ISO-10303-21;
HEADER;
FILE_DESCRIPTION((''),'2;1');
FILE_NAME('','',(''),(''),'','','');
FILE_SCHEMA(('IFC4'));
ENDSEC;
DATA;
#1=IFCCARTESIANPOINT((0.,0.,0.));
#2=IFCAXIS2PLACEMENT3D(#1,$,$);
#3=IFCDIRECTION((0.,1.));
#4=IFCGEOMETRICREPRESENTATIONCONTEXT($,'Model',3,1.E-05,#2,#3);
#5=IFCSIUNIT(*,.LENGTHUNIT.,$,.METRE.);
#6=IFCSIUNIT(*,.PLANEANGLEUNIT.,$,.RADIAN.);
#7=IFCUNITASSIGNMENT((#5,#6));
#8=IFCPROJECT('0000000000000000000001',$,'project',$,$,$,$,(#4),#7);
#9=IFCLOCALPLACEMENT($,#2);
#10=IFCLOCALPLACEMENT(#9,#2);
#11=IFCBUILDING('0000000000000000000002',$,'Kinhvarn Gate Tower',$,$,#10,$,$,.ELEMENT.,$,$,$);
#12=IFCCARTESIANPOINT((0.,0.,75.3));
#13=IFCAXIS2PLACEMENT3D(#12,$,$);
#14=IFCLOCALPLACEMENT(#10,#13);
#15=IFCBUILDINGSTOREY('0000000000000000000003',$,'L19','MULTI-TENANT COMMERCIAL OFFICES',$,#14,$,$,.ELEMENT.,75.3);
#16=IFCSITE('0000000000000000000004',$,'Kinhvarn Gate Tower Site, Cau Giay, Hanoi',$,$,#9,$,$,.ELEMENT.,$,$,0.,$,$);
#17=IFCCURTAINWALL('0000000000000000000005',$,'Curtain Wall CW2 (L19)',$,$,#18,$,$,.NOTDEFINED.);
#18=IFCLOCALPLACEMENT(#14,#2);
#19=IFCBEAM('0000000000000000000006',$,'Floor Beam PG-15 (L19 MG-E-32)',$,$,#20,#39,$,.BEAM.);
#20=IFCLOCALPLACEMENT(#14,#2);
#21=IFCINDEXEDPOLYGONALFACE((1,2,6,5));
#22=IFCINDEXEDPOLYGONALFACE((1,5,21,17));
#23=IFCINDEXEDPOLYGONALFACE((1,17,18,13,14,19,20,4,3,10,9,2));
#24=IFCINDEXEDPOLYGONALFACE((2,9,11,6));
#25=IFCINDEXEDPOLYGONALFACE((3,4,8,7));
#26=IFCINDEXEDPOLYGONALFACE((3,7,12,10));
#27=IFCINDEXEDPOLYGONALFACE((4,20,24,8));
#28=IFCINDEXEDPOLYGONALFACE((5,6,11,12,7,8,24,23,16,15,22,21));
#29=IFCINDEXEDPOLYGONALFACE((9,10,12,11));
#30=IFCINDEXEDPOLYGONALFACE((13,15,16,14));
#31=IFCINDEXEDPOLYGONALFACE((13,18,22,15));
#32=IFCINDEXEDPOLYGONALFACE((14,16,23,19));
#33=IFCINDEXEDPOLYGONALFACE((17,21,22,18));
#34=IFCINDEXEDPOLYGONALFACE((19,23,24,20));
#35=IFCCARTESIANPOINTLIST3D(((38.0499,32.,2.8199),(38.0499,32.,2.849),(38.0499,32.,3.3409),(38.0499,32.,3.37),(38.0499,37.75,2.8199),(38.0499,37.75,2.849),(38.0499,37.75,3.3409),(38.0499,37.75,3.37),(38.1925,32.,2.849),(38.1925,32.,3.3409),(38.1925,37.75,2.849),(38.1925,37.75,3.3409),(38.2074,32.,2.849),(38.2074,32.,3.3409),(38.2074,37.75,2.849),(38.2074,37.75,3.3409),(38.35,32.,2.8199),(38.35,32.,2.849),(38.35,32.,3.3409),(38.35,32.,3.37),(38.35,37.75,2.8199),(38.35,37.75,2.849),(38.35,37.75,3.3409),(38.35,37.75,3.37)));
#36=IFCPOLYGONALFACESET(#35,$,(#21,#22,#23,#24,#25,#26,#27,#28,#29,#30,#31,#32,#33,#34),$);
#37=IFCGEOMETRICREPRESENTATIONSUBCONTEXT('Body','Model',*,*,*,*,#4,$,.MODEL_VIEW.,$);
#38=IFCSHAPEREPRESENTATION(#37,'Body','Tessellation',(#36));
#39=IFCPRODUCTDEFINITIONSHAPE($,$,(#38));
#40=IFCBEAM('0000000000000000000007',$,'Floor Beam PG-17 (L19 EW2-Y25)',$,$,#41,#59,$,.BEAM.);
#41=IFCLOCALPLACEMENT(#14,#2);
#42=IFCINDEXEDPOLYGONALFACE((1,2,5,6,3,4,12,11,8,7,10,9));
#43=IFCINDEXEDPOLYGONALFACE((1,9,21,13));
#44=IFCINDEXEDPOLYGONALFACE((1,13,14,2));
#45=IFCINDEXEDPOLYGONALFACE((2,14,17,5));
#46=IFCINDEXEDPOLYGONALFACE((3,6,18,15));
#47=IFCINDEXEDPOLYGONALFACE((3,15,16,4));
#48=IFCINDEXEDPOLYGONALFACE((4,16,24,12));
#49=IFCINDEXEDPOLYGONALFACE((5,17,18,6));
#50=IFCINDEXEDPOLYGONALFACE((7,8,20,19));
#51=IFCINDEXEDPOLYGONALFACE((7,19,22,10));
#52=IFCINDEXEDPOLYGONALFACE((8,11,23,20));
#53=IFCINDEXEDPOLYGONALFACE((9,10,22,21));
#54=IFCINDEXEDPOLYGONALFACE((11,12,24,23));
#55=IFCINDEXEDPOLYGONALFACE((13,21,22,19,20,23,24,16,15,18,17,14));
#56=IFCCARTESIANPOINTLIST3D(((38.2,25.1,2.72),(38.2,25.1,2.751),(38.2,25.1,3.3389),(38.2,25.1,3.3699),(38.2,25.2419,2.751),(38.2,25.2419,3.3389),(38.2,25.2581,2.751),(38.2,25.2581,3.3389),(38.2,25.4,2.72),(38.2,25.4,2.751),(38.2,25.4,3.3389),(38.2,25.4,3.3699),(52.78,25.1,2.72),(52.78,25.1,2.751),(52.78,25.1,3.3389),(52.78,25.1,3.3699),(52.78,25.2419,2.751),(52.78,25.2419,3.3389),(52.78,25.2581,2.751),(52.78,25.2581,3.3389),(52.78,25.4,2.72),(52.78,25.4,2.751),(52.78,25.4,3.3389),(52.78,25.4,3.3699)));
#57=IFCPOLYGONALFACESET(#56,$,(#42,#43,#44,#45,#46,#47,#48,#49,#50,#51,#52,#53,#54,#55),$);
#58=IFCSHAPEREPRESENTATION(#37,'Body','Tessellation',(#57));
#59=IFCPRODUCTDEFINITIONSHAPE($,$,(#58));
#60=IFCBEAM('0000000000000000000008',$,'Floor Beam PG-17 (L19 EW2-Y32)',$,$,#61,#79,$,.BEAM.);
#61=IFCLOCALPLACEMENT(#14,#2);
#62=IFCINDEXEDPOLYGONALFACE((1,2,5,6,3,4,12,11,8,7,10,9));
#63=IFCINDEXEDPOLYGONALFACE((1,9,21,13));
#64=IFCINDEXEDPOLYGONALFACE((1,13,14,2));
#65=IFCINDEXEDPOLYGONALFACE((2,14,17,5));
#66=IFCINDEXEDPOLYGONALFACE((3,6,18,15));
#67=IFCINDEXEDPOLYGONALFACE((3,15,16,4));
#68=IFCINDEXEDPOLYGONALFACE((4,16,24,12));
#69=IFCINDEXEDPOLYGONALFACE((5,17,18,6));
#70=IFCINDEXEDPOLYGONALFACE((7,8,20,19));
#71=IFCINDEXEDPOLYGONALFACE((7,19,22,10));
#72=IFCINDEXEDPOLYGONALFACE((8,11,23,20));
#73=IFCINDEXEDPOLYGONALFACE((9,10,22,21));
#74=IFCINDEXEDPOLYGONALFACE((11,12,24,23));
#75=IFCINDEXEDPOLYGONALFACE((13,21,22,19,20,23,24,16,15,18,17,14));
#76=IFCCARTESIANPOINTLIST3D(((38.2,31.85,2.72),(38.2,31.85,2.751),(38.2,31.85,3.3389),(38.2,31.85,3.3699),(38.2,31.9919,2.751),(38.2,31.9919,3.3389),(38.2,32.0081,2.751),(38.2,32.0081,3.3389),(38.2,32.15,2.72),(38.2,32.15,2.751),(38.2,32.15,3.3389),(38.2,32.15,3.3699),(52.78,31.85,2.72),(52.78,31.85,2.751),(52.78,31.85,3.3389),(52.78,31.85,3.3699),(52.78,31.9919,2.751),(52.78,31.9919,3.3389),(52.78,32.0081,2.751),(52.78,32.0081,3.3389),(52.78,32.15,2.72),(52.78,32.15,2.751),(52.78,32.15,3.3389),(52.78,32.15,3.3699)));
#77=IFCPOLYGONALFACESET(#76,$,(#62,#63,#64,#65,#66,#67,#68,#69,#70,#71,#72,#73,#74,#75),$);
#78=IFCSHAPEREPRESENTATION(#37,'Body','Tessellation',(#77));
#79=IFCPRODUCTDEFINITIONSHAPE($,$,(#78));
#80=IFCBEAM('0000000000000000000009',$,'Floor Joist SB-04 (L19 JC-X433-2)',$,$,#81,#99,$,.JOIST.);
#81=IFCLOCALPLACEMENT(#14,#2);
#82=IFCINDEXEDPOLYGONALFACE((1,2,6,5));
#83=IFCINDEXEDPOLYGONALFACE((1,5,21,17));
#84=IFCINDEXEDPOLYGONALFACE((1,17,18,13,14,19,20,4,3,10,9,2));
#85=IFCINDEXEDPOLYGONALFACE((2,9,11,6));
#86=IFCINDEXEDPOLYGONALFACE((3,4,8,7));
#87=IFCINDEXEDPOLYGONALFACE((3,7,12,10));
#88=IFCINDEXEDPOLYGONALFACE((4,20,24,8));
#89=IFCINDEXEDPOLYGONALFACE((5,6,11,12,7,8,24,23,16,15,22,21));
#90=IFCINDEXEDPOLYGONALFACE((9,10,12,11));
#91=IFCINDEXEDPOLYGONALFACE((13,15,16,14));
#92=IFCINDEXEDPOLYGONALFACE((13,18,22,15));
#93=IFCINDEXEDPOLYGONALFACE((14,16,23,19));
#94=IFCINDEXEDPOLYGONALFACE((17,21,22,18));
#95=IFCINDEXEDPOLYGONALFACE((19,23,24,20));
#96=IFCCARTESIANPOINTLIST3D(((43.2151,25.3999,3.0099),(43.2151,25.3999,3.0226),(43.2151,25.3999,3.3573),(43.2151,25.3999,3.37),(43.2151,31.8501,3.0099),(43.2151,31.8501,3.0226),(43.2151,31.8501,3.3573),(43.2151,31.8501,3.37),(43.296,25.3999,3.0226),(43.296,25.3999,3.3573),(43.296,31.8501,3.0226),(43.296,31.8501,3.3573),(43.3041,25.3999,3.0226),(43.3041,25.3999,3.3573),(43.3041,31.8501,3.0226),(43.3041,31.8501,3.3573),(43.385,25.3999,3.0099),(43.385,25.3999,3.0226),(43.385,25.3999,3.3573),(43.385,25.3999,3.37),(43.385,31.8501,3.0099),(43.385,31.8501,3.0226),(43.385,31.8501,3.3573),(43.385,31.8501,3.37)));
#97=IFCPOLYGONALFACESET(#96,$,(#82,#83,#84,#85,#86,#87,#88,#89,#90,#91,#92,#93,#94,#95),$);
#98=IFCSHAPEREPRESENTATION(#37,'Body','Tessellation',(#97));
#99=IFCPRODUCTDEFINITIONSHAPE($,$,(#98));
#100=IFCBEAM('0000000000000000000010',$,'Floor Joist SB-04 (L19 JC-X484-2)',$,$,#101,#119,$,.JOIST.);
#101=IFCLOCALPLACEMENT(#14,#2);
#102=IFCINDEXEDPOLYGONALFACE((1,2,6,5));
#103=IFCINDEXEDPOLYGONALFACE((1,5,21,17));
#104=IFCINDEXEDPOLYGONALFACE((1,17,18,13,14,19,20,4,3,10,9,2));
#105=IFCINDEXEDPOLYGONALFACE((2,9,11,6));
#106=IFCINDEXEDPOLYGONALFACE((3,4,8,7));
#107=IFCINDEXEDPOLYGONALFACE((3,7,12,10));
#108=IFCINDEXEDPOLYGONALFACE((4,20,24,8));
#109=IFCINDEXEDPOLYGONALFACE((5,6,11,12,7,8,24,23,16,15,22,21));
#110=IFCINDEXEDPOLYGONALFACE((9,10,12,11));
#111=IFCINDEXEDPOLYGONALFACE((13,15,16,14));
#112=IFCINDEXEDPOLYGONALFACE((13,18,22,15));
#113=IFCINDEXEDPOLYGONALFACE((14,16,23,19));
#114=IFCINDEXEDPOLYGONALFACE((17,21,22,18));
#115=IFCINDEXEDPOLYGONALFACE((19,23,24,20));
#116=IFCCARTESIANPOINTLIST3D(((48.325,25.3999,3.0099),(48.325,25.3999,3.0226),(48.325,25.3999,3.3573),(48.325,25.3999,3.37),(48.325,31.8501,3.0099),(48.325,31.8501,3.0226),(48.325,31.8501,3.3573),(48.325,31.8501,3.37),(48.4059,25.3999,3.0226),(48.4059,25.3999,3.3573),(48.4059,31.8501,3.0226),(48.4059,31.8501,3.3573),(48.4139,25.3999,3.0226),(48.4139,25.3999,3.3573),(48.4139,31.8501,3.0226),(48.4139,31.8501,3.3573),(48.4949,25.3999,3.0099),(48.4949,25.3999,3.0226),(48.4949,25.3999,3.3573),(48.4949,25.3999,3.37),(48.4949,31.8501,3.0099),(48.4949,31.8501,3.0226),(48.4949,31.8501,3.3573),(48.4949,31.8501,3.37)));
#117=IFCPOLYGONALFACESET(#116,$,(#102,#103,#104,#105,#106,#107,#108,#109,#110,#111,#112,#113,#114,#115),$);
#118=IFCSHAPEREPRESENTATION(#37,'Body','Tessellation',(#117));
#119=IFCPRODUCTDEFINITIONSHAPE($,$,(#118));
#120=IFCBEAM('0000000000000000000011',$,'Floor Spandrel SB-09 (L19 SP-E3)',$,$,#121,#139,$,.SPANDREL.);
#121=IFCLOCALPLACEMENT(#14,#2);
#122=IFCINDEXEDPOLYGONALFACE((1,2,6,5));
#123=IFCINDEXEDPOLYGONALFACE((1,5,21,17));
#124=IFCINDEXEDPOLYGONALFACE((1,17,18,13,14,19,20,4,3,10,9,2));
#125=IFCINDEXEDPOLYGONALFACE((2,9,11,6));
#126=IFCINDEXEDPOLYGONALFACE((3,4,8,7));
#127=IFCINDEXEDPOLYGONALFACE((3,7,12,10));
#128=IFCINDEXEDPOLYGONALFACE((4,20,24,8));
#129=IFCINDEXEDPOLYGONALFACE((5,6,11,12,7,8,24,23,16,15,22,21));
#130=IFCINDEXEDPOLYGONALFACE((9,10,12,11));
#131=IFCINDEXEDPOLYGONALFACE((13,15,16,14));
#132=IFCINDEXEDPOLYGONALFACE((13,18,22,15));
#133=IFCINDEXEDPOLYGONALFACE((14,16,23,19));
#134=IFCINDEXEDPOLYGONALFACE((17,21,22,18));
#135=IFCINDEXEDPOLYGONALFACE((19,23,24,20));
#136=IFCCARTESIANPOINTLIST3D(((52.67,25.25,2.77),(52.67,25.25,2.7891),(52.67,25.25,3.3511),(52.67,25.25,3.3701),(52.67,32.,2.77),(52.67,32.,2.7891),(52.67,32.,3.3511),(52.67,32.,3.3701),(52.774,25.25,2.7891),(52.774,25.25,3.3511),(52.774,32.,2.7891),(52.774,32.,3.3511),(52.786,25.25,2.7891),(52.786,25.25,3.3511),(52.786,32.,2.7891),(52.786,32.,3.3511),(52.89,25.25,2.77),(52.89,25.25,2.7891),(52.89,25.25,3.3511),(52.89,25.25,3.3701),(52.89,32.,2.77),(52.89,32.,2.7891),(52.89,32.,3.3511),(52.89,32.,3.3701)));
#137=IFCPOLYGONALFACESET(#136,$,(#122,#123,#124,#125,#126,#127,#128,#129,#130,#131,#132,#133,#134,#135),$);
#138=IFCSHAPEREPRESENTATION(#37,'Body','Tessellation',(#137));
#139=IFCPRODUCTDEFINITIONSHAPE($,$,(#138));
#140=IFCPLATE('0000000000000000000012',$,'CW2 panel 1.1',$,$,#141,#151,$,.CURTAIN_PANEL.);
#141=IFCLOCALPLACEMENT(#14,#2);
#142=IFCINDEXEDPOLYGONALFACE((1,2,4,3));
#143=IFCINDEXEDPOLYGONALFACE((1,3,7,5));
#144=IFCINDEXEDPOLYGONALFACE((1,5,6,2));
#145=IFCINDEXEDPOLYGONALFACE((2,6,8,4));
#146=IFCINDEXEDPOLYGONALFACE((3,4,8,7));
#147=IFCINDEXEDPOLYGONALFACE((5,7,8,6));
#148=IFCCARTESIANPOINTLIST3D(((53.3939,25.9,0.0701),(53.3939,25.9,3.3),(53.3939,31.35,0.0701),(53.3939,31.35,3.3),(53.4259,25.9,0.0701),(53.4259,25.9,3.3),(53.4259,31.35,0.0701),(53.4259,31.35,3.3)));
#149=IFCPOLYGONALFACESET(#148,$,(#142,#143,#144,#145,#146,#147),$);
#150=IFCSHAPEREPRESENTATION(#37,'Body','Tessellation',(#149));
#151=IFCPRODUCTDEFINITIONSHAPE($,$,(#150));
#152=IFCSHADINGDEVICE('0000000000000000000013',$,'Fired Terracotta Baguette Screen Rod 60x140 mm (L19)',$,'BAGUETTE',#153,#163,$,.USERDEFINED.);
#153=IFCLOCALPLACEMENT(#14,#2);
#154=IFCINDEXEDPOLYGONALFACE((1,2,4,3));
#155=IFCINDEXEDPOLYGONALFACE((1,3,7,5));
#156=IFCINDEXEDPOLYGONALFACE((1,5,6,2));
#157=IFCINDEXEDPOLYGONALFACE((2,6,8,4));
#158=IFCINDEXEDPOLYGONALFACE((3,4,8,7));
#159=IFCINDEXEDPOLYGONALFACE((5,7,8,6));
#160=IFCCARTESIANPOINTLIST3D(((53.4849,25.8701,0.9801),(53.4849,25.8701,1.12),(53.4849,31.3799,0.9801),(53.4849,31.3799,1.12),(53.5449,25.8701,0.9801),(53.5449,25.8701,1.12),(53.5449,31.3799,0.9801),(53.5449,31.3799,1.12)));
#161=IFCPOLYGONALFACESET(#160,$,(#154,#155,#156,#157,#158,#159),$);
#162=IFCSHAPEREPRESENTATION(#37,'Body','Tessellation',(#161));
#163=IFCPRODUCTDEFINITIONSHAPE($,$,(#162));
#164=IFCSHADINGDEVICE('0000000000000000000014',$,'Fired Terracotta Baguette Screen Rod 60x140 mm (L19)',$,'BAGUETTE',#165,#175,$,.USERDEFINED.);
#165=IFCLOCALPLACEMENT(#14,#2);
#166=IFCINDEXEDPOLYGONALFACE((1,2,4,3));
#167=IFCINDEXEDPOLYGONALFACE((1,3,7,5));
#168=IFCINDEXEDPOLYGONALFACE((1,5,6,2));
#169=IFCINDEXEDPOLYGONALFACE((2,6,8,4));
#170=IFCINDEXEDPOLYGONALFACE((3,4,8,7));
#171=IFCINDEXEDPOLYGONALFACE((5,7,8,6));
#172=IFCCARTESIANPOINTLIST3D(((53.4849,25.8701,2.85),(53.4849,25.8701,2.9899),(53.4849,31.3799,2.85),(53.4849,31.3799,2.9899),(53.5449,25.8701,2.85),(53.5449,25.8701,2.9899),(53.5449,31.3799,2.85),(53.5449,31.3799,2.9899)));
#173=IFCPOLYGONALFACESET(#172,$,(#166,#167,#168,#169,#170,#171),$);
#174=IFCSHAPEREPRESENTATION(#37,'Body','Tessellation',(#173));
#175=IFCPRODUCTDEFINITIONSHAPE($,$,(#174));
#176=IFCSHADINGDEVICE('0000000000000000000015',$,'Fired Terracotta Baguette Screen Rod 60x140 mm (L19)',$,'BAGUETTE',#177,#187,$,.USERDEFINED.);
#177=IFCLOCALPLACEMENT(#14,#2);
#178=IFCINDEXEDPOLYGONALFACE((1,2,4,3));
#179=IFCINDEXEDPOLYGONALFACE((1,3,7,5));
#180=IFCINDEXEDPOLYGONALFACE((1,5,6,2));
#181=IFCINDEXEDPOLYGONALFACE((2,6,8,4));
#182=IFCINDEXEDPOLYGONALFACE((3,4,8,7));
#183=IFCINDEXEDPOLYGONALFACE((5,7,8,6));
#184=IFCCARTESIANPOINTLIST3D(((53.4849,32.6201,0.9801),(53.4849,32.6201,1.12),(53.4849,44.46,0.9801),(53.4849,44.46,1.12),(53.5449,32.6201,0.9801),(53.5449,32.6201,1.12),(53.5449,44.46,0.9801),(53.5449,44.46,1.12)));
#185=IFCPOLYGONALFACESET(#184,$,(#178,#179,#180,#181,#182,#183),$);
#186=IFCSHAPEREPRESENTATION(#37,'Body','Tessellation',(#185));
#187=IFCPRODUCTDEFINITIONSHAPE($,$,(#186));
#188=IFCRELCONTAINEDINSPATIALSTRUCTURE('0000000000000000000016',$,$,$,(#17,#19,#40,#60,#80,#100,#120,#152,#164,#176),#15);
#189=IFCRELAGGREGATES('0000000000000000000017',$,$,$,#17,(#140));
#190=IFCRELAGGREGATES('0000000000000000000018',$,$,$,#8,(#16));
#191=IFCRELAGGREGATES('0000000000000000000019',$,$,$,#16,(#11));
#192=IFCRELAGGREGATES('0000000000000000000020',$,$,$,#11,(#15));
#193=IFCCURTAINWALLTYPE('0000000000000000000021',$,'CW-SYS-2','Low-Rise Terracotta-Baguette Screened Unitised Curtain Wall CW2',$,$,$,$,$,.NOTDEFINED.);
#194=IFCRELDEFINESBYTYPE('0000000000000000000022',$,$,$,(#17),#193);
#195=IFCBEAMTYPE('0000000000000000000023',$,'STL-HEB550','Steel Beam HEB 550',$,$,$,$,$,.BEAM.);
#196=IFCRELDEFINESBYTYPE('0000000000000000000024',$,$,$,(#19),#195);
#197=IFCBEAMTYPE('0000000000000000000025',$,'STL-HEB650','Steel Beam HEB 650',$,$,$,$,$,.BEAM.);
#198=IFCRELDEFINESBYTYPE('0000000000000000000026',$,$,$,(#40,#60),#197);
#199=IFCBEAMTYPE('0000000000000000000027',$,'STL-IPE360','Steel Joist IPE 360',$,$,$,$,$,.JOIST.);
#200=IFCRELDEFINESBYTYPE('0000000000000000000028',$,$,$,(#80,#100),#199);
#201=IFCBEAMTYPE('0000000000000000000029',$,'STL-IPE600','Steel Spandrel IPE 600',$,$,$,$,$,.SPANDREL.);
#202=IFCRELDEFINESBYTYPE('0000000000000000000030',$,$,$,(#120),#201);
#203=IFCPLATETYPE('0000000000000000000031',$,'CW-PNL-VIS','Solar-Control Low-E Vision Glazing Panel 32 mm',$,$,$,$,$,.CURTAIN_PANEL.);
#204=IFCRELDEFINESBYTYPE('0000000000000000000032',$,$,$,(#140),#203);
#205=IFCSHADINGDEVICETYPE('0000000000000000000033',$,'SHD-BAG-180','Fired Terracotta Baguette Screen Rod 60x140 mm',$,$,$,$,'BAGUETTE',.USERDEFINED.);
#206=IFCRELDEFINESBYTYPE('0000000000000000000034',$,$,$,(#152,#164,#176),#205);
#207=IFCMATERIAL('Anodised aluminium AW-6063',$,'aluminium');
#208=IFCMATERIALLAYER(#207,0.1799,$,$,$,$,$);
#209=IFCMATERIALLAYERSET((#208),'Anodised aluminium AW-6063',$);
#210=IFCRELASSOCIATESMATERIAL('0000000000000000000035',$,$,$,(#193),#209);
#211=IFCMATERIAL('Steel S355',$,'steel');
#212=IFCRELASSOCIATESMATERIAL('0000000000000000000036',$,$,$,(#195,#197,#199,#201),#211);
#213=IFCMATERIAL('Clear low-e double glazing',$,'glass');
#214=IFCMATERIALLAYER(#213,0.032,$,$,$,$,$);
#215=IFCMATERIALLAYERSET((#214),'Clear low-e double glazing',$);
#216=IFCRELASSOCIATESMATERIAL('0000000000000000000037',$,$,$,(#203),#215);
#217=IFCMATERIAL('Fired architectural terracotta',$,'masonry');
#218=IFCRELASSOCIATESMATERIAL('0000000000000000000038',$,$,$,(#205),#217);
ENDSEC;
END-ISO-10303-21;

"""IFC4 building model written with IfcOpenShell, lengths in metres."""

from ifc_helpers import new_model, si_unit, direction, frame, origin, origin_2d, place, context, subcontext, project, spatial, rectangle, i_section, extrude, material, layer, layer_set, material_profile, profile_set, type_object, element, aggregate, save


model = new_model("IFC4")

# Units and contexts
model_context = context("Model", 3, precision=1e-05, world=origin(), true_north=direction((0.0, 1.0)))
body_context = subcontext(model_context, "Body", "Model", "MODEL_VIEW")
ifc_project = project(units=[si_unit("LENGTHUNIT", "METRE"), si_unit("PLANEANGLEUNIT", "RADIAN")], contexts=[model_context])

# Site, building, storey
site_placement = place(None, origin())
site = spatial("IfcSite", under=ifc_project, at=site_placement, Name="Kinhvarn Gate Tower Site, Cau Giay, Hanoi", CompositionType="ELEMENT", RefElevation=0.0)
building_placement = place(site_placement, origin())
building = spatial("IfcBuilding", under=site, at=building_placement, Name="Kinhvarn Gate Tower", CompositionType="ELEMENT")
storey_placement = place(building_placement, frame((0.0, 0.0, 75.3)))
storey = spatial("IfcBuildingStorey", under=building, at=storey_placement, Name="L19", Description="MULTI-TENANT COMMERCIAL OFFICES", CompositionType="ELEMENT", Elevation=75.3)

# Shared definitions
ifc_material_1 = material(Name="Anodised aluminium AW-6063", Category="aluminium")
ifc_layer_1 = layer(ifc_material_1, 0.1799)
ifc_layer_set_1 = layer_set([ifc_layer_1], Name="Anodised aluminium AW-6063")
curtain_wall_type = type_object("IfcCurtainWallType", Name="CW-SYS-2", Description="Low-Rise Terracotta-Baguette Screened Unitised Curtain Wall CW2", PredefinedType="NOTDEFINED", material=ifc_layer_set_1)

# Curtain wall
curtain_wall_1_placement = place(storey_placement, origin())
curtain_wall_1 = element("IfcCurtainWall", 1, at=curtain_wall_1_placement, inside=storey, type_object=curtain_wall_type, Name="Curtain Wall CW2 (L19)", PredefinedType="NOTDEFINED")

# Beams
ifc_material_2 = material(Name="Steel S355", Category="steel")
ifc_material_profile_1 = material_profile(ifc_material_2, i_section(OverallWidth=0.3, OverallDepth=0.55, WebThickness=0.0149, FlangeThickness=0.0291, at=origin_2d()), Name="HEB 550")
ifc_profile_set_1 = profile_set([ifc_material_profile_1], Name="Steel S355")
beam_type_1 = type_object("IfcBeamType", Name="STL-HEB550", Description="Steel Beam HEB 550", PredefinedType="BEAM", material=ifc_profile_set_1)
beam_1_placement = place(storey_placement, frame((38.2, 32.0, 3.095), z_axis=(0.0, 1.0, 0.0), x_axis=(-1.0, 0.0, 0.0)))
element("IfcBeam", 2, at=beam_1_placement, inside=storey, type_object=beam_type_1, Name="Floor Beam PG-15 (L19 MG-E-32)", PredefinedType="BEAM", context=body_context, shape_type="SweptSolid", body=[
    extrude(i_section(OverallWidth=0.3, OverallDepth=0.55, WebThickness=0.0149, FlangeThickness=0.0291, at=origin_2d()), origin(), (0.0, 0.0, 1.0), 5.75),
])
ifc_material_profile_2 = material_profile(ifc_material_2, i_section(OverallWidth=0.3, OverallDepth=0.6499, WebThickness=0.0161, FlangeThickness=0.031, at=origin_2d()), Name="HEB 650")
ifc_profile_set_2 = profile_set([ifc_material_profile_2], Name="Steel S355")
beam_type_2 = type_object("IfcBeamType", Name="STL-HEB650", Description="Steel Beam HEB 650", PredefinedType="BEAM", material=ifc_profile_set_2)
for number, where, z_axis, x_axis, name in (
    (3, (38.2, 25.25, 3.0449), (1.0, 0.0, 0.0), (0.0, 1.0, 0.0), "Floor Beam PG-17 (L19 EW2-Y25)"),
    (4, (38.2, 32.0, 3.0449), (1.0, 0.0, 0.0), (0.0, 1.0, 0.0), "Floor Beam PG-17 (L19 EW2-Y32)"),
):
    element("IfcBeam", number, at=place(storey_placement, frame(where, z_axis=z_axis, x_axis=x_axis)), inside=storey, type_object=beam_type_2, Name=name, PredefinedType="BEAM", context=body_context, shape_type="SweptSolid", body=[
        extrude(i_section(OverallWidth=0.3, OverallDepth=0.6499, WebThickness=0.0161, FlangeThickness=0.031, at=origin_2d()), origin(), (0.0, 0.0, 1.0), 14.5801),
    ])
ifc_material_profile_3 = material_profile(ifc_material_2, i_section(OverallWidth=0.1699, OverallDepth=0.3601, WebThickness=0.0081, FlangeThickness=0.0127, at=origin_2d()), Name="IPE 360")
ifc_profile_set_3 = profile_set([ifc_material_profile_3], Name="Steel S355")
beam_type_3 = type_object("IfcBeamType", Name="STL-IPE360", Description="Steel Joist IPE 360", PredefinedType="JOIST", material=ifc_profile_set_3)
for number, where, z_axis, x_axis, name in (
    (5, (43.3, 25.3999, 3.1899), (0.0, 1.0, 0.0), (-1.0, 0.0, 0.0), "Floor Joist SB-04 (L19 JC-X433-2)"),
    (6, (48.4099, 25.3999, 3.1899), (0.0, 1.0, 0.0), (-1.0, 0.0, 0.0), "Floor Joist SB-04 (L19 JC-X484-2)"),
):
    element("IfcBeam", number, at=place(storey_placement, frame(where, z_axis=z_axis, x_axis=x_axis)), inside=storey, type_object=beam_type_3, Name=name, PredefinedType="JOIST", context=body_context, shape_type="SweptSolid", body=[
        extrude(i_section(OverallWidth=0.1699, OverallDepth=0.3601, WebThickness=0.0081, FlangeThickness=0.0127, at=origin_2d()), origin(), (0.0, 0.0, 1.0), 6.4502),
    ])
ifc_material_profile_4 = material_profile(ifc_material_2, i_section(OverallWidth=0.22, OverallDepth=0.6001, WebThickness=0.012, FlangeThickness=0.019, at=origin_2d()), Name="IPE 600")
ifc_profile_set_4 = profile_set([ifc_material_profile_4], Name="Steel S355")
beam_type_4 = type_object("IfcBeamType", Name="STL-IPE600", Description="Steel Spandrel IPE 600", PredefinedType="SPANDREL", material=ifc_profile_set_4)
beam_2_placement = place(storey_placement, frame((52.78, 25.25, 3.0701), z_axis=(0.0, 1.0, 0.0), x_axis=(-1.0, 0.0, 0.0)))
element("IfcBeam", 7, at=beam_2_placement, inside=storey, type_object=beam_type_4, Name="Floor Spandrel SB-09 (L19 SP-E3)", PredefinedType="SPANDREL", context=body_context, shape_type="SweptSolid", body=[
    extrude(i_section(OverallWidth=0.22, OverallDepth=0.6001, WebThickness=0.012, FlangeThickness=0.019, at=origin_2d()), origin(), (0.0, 0.0, 1.0), 6.75),
])

# Plate
ifc_material_3 = material(Name="Clear low-e double glazing", Category="glass")
ifc_layer_2 = layer(ifc_material_3, 0.032)
ifc_layer_set_2 = layer_set([ifc_layer_2], Name="Clear low-e double glazing")
plate_type = type_object("IfcPlateType", Name="CW-PNL-VIS", Description="Solar-Control Low-E Vision Glazing Panel 32 mm", PredefinedType="CURTAIN_PANEL", material=ifc_layer_set_2)
plate_placement = place(storey_placement, frame((53.4099, 28.625, 0.0701), z_axis=(0.0, 0.0, 1.0), x_axis=(0.0, 1.0, 0.0)))
plate = element("IfcPlate", 8, at=plate_placement, type_object=plate_type, Name="CW2 panel 1.1", PredefinedType="CURTAIN_PANEL", context=body_context, shape_type="SweptSolid", body=[
    extrude(rectangle(XDim=5.45, YDim=0.032, at=origin_2d()), origin(), (0.0, 0.0, 1.0), 3.23),
])
aggregate(curtain_wall_1, [plate])

# Shading devices
ifc_material_4 = material(Name="Fired architectural terracotta", Category="masonry")
ifc_material_profile_5 = material_profile(ifc_material_4, rectangle(XDim=0.0601, YDim=0.1399, at=origin_2d()), Name="TC 60x140")
ifc_profile_set_5 = profile_set([ifc_material_profile_5], Name="Fired architectural terracotta")
shading_device_type = type_object("IfcShadingDeviceType", Name="SHD-BAG-180", Description="Fired Terracotta Baguette Screen Rod 60x140 mm", ElementType="BAGUETTE", PredefinedType="USERDEFINED", material=ifc_profile_set_5)
for number, where, z_axis, x_axis, name in (
    (9, (53.5149, 25.8701, 1.05), (0.0, 1.0, 0.0), (-1.0, 0.0, 0.0), "Fired Terracotta Baguette Screen Rod 60x140 mm (L19)"),
    (10, (53.5149, 25.8701, 2.9199), (0.0, 1.0, 0.0), (-1.0, 0.0, 0.0), "Fired Terracotta Baguette Screen Rod 60x140 mm (L19)"),
):
    element("IfcShadingDevice", number, at=place(storey_placement, frame(where, z_axis=z_axis, x_axis=x_axis)), inside=storey, type_object=shading_device_type, Name=name, ObjectType="BAGUETTE", PredefinedType="USERDEFINED", context=body_context, shape_type="SweptSolid", body=[
        extrude(rectangle(XDim=0.0601, YDim=0.1399, at=origin_2d()), origin(), (0.0, 0.0, 1.0), 5.5098),
    ])
for number, where, z_axis, x_axis, name in (
    (11, (53.5149, 32.6201, 1.05), (0.0, 1.0, 0.0), (-1.0, 0.0, 0.0), "Fired Terracotta Baguette Screen Rod 60x140 mm (L19)"),
):
    element("IfcShadingDevice", number, at=place(storey_placement, frame(where, z_axis=z_axis, x_axis=x_axis)), inside=storey, type_object=shading_device_type, Name=name, ObjectType="BAGUETTE", PredefinedType="USERDEFINED", context=body_context, shape_type="SweptSolid", body=[
        extrude(rectangle(XDim=0.0601, YDim=0.1399, at=origin_2d()), origin(), (0.0, 0.0, 1.0), 11.8398),
    ])

save(model, "model.ifc")
